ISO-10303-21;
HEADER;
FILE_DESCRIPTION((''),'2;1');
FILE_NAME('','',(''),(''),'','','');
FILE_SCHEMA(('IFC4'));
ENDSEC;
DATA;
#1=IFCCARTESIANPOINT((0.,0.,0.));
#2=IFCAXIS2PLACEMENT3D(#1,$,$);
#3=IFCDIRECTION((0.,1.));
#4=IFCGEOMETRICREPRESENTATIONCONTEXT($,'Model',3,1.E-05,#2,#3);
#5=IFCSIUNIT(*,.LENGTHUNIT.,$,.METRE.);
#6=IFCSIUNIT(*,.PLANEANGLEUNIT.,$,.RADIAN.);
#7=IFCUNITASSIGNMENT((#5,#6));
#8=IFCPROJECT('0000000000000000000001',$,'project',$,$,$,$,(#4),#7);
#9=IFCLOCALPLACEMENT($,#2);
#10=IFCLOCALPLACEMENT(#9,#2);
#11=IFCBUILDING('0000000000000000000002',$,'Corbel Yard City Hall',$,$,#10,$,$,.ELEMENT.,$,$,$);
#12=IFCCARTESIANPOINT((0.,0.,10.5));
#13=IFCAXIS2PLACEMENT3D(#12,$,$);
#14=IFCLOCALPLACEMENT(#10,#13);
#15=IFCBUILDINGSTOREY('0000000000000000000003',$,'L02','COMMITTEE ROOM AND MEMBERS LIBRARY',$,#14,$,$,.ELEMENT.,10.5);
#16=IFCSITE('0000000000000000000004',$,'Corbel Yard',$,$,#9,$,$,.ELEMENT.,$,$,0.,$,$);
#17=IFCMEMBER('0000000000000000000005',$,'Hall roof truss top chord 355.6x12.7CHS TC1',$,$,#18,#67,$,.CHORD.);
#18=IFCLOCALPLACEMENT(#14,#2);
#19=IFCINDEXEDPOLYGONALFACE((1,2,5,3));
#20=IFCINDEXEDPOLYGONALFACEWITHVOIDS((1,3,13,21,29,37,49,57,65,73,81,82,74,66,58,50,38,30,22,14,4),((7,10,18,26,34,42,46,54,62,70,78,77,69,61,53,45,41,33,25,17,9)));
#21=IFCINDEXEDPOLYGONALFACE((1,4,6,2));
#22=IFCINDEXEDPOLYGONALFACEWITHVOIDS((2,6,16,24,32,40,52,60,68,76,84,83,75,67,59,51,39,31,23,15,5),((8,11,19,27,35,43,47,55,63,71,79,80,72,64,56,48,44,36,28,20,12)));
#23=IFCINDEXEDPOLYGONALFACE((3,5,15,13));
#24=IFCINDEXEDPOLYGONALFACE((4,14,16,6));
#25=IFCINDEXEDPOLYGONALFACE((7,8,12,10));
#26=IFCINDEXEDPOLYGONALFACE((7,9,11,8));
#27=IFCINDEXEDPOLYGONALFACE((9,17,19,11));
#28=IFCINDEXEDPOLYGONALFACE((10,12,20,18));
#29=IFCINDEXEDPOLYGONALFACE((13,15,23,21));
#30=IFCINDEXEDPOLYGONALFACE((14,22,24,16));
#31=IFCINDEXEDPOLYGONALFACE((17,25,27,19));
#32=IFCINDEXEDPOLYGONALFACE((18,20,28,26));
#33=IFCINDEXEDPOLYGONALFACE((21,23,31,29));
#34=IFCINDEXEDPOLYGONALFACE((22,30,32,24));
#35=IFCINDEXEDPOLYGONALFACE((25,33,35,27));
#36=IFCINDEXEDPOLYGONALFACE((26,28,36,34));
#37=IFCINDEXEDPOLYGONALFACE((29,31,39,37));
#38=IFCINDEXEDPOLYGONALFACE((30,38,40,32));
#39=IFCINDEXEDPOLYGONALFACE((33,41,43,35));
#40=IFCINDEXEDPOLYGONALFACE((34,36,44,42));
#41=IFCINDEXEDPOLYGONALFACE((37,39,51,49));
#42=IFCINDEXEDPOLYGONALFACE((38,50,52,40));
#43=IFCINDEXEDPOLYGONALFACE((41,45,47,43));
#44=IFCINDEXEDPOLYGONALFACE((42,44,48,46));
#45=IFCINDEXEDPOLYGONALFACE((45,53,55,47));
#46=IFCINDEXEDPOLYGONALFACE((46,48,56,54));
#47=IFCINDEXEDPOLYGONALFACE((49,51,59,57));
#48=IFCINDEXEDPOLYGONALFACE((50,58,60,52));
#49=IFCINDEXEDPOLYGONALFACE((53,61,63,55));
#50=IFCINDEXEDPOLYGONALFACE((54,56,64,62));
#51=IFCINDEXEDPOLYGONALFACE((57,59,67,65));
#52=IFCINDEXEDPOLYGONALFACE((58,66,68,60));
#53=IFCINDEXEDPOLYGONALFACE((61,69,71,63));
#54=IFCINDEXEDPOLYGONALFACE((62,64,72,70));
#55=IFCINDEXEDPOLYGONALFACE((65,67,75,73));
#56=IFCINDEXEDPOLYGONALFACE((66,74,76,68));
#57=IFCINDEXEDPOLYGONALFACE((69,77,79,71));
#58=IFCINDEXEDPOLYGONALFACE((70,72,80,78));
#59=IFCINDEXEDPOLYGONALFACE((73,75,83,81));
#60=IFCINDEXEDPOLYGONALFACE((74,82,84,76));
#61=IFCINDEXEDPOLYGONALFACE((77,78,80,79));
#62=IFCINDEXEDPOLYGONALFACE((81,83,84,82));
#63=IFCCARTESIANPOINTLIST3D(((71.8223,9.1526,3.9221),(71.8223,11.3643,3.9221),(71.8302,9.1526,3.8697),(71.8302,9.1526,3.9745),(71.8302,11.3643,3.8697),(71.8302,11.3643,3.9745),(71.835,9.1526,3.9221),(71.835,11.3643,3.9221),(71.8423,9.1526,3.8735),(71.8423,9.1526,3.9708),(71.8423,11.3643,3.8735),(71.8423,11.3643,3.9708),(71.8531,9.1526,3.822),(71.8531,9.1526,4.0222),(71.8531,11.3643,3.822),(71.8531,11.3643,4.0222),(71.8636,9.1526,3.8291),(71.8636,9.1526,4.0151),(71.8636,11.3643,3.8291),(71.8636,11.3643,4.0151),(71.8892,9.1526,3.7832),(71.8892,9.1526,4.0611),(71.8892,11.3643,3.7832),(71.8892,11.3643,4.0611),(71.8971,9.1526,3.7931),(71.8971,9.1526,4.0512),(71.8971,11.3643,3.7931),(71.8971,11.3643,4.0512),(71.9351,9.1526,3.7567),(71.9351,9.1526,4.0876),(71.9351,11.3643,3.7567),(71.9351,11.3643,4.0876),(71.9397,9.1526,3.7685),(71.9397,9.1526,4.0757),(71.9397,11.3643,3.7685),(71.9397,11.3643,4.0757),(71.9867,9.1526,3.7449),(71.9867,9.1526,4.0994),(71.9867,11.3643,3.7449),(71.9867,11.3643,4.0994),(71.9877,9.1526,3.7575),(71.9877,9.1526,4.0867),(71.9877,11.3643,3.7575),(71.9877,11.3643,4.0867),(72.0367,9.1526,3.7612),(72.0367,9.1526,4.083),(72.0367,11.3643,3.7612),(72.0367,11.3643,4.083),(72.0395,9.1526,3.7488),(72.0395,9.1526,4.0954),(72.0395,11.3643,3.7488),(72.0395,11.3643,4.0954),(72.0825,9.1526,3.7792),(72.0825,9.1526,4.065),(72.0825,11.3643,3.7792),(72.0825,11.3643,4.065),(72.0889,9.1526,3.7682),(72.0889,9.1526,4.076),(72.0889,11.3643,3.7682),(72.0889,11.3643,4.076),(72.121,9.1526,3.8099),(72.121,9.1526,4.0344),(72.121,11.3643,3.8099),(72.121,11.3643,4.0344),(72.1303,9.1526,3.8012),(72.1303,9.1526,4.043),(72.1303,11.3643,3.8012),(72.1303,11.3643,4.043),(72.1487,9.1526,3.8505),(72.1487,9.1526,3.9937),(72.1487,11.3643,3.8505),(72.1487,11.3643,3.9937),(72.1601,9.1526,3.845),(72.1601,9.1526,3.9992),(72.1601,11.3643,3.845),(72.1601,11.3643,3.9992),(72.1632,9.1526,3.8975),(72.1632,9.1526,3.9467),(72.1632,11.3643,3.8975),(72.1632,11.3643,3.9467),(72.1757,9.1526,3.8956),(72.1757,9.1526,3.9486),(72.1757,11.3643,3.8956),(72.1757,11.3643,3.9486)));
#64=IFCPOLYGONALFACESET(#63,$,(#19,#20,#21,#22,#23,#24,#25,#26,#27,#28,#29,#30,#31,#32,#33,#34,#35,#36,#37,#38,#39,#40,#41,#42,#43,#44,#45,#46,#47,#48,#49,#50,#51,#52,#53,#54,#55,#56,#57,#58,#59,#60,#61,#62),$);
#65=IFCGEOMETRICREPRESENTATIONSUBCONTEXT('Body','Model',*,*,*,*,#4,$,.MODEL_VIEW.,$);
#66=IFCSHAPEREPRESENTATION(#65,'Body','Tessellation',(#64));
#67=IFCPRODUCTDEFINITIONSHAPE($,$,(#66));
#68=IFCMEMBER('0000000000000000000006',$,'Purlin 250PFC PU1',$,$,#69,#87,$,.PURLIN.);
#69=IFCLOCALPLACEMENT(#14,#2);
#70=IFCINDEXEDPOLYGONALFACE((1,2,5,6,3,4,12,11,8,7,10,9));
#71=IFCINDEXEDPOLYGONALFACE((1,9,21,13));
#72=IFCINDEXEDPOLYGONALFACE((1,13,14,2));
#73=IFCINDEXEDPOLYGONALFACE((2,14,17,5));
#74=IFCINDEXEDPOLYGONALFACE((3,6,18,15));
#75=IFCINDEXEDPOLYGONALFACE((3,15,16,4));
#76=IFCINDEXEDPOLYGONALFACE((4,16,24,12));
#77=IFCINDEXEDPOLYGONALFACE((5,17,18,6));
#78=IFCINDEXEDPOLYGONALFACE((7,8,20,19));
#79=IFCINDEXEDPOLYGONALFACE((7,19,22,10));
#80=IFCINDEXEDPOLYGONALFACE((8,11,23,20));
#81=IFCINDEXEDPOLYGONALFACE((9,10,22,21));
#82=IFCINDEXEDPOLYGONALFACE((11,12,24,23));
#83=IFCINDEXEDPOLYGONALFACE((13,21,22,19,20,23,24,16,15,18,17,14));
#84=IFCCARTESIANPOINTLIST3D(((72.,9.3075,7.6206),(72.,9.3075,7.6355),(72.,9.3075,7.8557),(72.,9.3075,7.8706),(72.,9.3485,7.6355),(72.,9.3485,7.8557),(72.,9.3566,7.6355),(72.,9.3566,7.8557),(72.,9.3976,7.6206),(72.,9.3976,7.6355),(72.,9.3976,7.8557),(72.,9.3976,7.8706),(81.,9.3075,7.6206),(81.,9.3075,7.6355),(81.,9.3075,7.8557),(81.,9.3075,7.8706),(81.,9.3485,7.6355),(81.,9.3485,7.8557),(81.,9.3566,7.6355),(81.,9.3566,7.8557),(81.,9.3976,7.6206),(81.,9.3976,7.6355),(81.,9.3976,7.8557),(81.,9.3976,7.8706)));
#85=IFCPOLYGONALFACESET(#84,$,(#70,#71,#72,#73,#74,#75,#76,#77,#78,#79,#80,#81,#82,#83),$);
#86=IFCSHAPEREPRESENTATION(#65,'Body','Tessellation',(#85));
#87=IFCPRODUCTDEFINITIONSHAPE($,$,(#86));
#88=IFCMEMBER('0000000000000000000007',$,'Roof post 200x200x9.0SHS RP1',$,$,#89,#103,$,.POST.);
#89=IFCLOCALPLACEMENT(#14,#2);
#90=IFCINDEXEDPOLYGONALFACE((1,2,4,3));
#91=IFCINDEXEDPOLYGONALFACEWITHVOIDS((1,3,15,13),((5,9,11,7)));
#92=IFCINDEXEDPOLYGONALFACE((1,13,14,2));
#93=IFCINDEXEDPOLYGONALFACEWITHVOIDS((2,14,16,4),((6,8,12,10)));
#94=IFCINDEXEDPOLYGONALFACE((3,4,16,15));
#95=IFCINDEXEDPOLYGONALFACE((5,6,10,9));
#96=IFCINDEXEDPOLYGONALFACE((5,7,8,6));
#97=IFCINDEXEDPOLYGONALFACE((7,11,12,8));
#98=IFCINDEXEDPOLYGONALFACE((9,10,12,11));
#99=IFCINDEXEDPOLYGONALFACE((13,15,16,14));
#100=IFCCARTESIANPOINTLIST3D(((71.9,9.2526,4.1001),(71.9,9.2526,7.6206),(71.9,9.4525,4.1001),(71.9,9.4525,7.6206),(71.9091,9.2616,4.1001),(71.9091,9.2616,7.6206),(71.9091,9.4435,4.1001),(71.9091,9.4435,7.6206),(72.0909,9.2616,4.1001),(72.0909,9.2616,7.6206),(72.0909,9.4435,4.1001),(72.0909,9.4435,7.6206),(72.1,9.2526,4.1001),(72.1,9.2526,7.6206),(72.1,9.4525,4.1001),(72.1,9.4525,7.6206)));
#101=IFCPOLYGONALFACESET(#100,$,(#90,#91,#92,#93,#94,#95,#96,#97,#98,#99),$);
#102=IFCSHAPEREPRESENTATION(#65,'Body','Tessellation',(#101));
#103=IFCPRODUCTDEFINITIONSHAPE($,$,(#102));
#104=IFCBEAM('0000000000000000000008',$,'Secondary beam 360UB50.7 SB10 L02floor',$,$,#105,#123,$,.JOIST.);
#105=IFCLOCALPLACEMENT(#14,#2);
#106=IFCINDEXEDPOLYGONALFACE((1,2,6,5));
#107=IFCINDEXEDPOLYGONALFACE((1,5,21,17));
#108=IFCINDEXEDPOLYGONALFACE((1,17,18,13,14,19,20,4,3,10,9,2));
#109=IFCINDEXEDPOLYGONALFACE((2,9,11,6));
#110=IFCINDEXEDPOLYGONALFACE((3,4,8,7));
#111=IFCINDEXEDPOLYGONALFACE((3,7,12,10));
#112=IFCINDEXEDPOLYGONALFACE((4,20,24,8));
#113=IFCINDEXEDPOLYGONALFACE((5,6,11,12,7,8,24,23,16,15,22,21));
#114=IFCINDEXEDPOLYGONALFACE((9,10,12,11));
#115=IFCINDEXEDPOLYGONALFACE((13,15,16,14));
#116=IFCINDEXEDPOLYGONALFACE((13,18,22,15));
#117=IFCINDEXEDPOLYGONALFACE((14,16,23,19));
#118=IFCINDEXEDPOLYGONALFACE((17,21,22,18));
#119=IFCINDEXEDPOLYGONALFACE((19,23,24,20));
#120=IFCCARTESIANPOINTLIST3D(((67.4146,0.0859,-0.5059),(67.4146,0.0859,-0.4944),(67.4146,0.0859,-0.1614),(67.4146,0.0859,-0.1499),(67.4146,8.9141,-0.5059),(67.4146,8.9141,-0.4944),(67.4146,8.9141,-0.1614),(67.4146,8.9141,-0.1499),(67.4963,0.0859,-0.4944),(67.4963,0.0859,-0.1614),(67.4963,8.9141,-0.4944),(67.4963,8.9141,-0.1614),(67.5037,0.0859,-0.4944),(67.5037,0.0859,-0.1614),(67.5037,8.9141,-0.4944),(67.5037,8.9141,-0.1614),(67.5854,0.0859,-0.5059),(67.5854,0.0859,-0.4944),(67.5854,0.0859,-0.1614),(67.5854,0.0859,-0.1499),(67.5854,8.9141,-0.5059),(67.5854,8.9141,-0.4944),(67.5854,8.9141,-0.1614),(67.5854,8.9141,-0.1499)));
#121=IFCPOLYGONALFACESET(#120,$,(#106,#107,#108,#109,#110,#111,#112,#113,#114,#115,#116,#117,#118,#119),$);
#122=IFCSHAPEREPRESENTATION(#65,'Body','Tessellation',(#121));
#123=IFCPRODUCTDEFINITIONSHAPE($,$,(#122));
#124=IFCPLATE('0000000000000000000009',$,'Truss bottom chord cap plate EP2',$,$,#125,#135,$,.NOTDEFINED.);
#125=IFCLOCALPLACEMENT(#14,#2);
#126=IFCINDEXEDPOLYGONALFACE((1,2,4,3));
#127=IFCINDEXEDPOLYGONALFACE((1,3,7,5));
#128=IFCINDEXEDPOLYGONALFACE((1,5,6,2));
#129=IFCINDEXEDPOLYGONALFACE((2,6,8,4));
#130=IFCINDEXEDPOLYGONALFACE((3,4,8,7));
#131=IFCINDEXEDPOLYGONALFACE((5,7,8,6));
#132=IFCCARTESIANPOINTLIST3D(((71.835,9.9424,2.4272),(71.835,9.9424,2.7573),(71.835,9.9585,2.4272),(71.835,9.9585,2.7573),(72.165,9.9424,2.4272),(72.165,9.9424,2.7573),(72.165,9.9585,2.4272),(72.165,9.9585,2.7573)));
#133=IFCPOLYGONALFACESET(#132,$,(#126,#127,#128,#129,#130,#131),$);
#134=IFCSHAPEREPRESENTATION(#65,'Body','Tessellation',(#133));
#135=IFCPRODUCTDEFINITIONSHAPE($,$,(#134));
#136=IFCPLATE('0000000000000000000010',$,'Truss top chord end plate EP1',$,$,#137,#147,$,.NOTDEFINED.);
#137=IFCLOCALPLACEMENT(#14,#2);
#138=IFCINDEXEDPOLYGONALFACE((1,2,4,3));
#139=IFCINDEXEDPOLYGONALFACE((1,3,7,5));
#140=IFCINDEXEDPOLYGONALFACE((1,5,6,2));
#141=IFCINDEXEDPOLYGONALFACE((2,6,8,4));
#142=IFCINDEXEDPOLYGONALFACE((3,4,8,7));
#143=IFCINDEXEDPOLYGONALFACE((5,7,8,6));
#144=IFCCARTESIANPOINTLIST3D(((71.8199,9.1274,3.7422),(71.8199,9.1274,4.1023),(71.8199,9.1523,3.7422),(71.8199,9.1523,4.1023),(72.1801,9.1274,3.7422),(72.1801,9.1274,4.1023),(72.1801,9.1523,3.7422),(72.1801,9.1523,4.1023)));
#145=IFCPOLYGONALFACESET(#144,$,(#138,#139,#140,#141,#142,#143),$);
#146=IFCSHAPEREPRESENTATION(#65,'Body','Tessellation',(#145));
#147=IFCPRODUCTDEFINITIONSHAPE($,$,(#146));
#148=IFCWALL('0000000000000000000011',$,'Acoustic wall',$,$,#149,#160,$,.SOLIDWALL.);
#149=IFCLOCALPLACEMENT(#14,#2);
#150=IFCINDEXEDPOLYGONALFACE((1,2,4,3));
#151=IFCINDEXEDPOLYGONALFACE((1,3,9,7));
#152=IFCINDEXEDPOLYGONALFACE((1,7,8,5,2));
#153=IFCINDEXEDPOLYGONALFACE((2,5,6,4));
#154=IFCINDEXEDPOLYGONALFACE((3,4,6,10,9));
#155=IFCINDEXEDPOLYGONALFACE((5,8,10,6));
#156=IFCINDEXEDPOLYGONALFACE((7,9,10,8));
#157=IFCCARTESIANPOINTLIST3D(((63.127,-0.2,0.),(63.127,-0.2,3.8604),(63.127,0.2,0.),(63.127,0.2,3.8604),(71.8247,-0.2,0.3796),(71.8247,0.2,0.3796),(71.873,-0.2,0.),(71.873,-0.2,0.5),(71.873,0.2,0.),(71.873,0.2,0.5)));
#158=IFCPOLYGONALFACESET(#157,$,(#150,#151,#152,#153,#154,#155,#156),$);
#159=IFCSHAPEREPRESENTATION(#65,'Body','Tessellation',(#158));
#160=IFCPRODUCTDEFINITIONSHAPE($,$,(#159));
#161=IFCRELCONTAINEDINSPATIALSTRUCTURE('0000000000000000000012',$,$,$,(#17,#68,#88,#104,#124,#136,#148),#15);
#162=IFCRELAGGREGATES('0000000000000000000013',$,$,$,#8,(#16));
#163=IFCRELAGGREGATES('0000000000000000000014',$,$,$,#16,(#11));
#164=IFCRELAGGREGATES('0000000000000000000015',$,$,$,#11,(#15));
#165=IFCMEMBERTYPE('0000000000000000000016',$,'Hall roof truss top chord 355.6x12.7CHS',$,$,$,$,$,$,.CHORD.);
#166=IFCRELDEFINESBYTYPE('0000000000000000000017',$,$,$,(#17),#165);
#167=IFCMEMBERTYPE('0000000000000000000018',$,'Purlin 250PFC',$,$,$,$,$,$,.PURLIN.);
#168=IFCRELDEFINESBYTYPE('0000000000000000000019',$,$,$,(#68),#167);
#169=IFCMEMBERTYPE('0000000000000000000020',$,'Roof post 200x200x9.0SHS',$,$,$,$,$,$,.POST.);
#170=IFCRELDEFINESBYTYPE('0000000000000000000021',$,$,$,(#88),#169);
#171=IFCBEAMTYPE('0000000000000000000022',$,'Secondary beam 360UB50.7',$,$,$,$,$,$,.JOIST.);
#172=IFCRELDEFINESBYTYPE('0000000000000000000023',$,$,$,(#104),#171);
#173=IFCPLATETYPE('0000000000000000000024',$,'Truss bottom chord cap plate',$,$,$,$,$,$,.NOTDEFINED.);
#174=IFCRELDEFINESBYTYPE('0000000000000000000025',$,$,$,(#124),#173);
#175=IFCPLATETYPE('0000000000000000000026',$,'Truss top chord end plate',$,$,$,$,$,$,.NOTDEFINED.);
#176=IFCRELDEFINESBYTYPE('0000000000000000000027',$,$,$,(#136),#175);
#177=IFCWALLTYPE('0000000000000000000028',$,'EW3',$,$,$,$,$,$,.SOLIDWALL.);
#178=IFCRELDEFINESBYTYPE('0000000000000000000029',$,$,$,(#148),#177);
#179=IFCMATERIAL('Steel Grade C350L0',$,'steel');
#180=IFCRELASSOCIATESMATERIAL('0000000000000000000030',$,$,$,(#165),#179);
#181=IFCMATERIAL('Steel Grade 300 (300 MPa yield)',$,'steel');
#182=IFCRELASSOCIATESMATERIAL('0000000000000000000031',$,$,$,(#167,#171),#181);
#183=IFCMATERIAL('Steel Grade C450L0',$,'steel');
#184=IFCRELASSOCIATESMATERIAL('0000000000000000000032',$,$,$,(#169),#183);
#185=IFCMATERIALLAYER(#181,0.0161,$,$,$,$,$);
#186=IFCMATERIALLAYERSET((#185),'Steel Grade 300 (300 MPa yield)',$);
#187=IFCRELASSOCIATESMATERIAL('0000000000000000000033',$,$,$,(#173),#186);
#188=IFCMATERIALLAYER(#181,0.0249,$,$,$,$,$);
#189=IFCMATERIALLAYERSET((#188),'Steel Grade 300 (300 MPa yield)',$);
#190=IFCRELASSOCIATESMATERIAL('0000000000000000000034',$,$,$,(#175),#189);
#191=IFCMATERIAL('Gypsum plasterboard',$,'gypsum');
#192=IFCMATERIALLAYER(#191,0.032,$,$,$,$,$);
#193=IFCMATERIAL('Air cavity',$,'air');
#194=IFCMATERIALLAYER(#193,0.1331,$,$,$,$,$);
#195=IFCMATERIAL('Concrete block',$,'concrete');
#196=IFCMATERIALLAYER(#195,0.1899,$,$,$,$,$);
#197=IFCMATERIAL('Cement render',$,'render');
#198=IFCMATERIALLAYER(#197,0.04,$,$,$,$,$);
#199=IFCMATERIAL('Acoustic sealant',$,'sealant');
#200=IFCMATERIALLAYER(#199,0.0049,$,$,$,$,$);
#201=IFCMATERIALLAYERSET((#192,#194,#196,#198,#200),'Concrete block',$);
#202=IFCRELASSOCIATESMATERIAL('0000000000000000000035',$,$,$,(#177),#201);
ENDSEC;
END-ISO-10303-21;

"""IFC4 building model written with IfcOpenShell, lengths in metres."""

from ifc_helpers import new_model, si_unit, direction, frame, origin, origin_2d, place, context, subcontext, project, spatial, polyline, rectangle, hollow_rectangle, hollow_circle, i_section, outline, extrude, material, layer, layer_set, material_profile, profile_set, type_object, element, save


model = new_model("IFC4")

# Units and contexts
model_context = context("Model", 3, precision=1e-05, world=origin(), true_north=direction((0.0, 1.0)))
body_context = subcontext(model_context, "Body", "Model", "MODEL_VIEW")
ifc_project = project(units=[si_unit("LENGTHUNIT", "METRE"), si_unit("PLANEANGLEUNIT", "RADIAN")], contexts=[model_context])

# Site, building, storey
site_placement = place(None, origin())
site = spatial("IfcSite", under=ifc_project, at=site_placement, Name="Corbel Yard", CompositionType="ELEMENT", RefElevation=0.0)
building_placement = place(site_placement, origin())
building = spatial("IfcBuilding", under=site, at=building_placement, Name="Corbel Yard City Hall", CompositionType="ELEMENT")
storey_placement = place(building_placement, frame((0.0, 0.0, 10.5)))
storey = spatial("IfcBuildingStorey", under=building, at=storey_placement, Name="L02", Description="COMMITTEE ROOM AND MEMBERS LIBRARY", CompositionType="ELEMENT", Elevation=10.5)

# Shared definitions
ifc_material_1 = material(Name="Steel Grade 300 (300 MPa yield)", Category="steel")

# Shared definitions
ifc_material_2 = material(Name="Steel Grade C350L0", Category="steel")

# Members
ifc_material_profile_1 = material_profile(ifc_material_2, hollow_circle(Radius=0.1777, WallThickness=0.0127, at=origin_2d()), Name="355.6x12.7CHS")
ifc_profile_set_1 = profile_set([ifc_material_profile_1], Name="Steel Grade C350L0")
member_type_1 = type_object("IfcMemberType", Name="Hall roof truss top chord 355.6x12.7CHS", PredefinedType="CHORD", material=ifc_profile_set_1)
member_1_placement = place(storey_placement, frame((72.0, 9.1526, 3.9221), z_axis=(0.0, 1.0, 0.0), x_axis=(-1.0, 0.0, 0.0)))
element("IfcMember", 1, at=member_1_placement, inside=storey, type_object=member_type_1, Name="Hall roof truss top chord 355.6x12.7CHS TC1", PredefinedType="CHORD", context=body_context, shape_type="SweptSolid", body=[
    extrude(hollow_circle(Radius=0.1777, WallThickness=0.0127, at=origin_2d()), origin(), (0.0, 0.0, 1.0), 2.2117),
])
ifc_material_profile_2 = material_profile(ifc_material_1, i_section(OverallWidth=0.0901, OverallDepth=0.25, WebThickness=0.0081, FlangeThickness=0.0149, at=origin_2d()), Name="250PFC")
ifc_profile_set_2 = profile_set([ifc_material_profile_2], Name="Steel Grade 300 (300 MPa yield)")
member_type_2 = type_object("IfcMemberType", Name="Purlin 250PFC", PredefinedType="PURLIN", material=ifc_profile_set_2)
member_2_placement = place(storey_placement, frame((72.0, 9.3525, 7.7456), z_axis=(1.0, 0.0, 0.0), x_axis=(0.0, 1.0, 0.0)))
element("IfcMember", 2, at=member_2_placement, inside=storey, type_object=member_type_2, Name="Purlin 250PFC PU1", PredefinedType="PURLIN", context=body_context, shape_type="SweptSolid", body=[
    extrude(i_section(OverallWidth=0.0901, OverallDepth=0.25, WebThickness=0.0081, FlangeThickness=0.0149, at=origin_2d()), origin(), (0.0, 0.0, 1.0), 9.0),
])
ifc_material_3 = material(Name="Steel Grade C450L0", Category="steel")
ifc_material_profile_3 = material_profile(ifc_material_3, hollow_rectangle(XDim=0.2, YDim=0.2, WallThickness=0.009, at=origin_2d()), Name="200x200x9.0SHS")
ifc_profile_set_3 = profile_set([ifc_material_profile_3], Name="Steel Grade C450L0")
member_type_3 = type_object("IfcMemberType", Name="Roof post 200x200x9.0SHS", PredefinedType="POST", material=ifc_profile_set_3)
member_3_placement = place(storey_placement, frame((72.0, 9.3525, 4.1001), z_axis=(0.0, 0.0, 1.0), x_axis=(1.0, 0.0, 0.0)))
element("IfcMember", 3, at=member_3_placement, inside=storey, type_object=member_type_3, Name="Roof post 200x200x9.0SHS RP1", PredefinedType="POST", context=body_context, shape_type="SweptSolid", body=[
    extrude(hollow_rectangle(XDim=0.2, YDim=0.2, WallThickness=0.009, at=origin_2d()), origin(), (0.0, 0.0, 1.0), 3.5205),
])

# Beam
ifc_material_profile_4 = material_profile(ifc_material_1, i_section(OverallWidth=0.1709, OverallDepth=0.356, WebThickness=0.0073, FlangeThickness=0.0115, at=origin_2d()), Name="360UB50.7")
ifc_profile_set_4 = profile_set([ifc_material_profile_4], Name="Steel Grade 300 (300 MPa yield)")
beam_type_1 = type_object("IfcBeamType", Name="Secondary beam 360UB50.7", PredefinedType="JOIST", material=ifc_profile_set_4)
beam_1_placement = place(storey_placement, frame((67.5, 0.0859, -0.3279), z_axis=(0.0, 1.0, 0.0), x_axis=(-1.0, 0.0, 0.0)))
element("IfcBeam", 4, at=beam_1_placement, inside=storey, type_object=beam_type_1, Name="Secondary beam 360UB50.7 SB10 L02floor", PredefinedType="JOIST", context=body_context, shape_type="SweptSolid", body=[
    extrude(i_section(OverallWidth=0.1709, OverallDepth=0.356, WebThickness=0.0073, FlangeThickness=0.0115, at=origin_2d()), origin(), (0.0, 0.0, 1.0), 8.8281),
])

# Plates
ifc_layer_1 = layer(ifc_material_1, 0.0161)
ifc_layer_set_1 = layer_set([ifc_layer_1], Name="Steel Grade 300 (300 MPa yield)")
plate_type_1 = type_object("IfcPlateType", Name="Truss bottom chord cap plate", PredefinedType="NOTDEFINED", material=ifc_layer_set_1)
plate_1_placement = place(storey_placement, frame((72.0, 9.9504, 2.4272), z_axis=(0.0, 0.0, 1.0), x_axis=(1.0, 0.0, 0.0)))
element("IfcPlate", 5, at=plate_1_placement, inside=storey, type_object=plate_type_1, Name="Truss bottom chord cap plate EP2", PredefinedType="NOTDEFINED", context=body_context, shape_type="SweptSolid", body=[
    extrude(rectangle(XDim=0.3301, YDim=0.0161, at=origin_2d()), origin(), (0.0, 0.0, 1.0), 0.3301),
])
ifc_layer_2 = layer(ifc_material_1, 0.0249)
ifc_layer_set_2 = layer_set([ifc_layer_2], Name="Steel Grade 300 (300 MPa yield)")
plate_type_2 = type_object("IfcPlateType", Name="Truss top chord end plate", PredefinedType="NOTDEFINED", material=ifc_layer_set_2)
plate_2_placement = place(storey_placement, frame((72.0, 9.1399, 3.7422), z_axis=(0.0, 0.0, 1.0), x_axis=(1.0, 0.0, 0.0)))
element("IfcPlate", 6, at=plate_2_placement, inside=storey, type_object=plate_type_2, Name="Truss top chord end plate EP1", PredefinedType="NOTDEFINED", context=body_context, shape_type="SweptSolid", body=[
    extrude(rectangle(XDim=0.3601, YDim=0.0249, at=origin_2d()), origin(), (0.0, 0.0, 1.0), 0.3601),
])

# Wall
ifc_material_4 = material(Name="Gypsum plasterboard", Category="gypsum")
ifc_layer_3 = layer(ifc_material_4, 0.032)
ifc_material_5 = material(Name="Air cavity", Category="air")
ifc_layer_4 = layer(ifc_material_5, 0.1331)
ifc_material_6 = material(Name="Concrete block", Category="concrete")
ifc_layer_5 = layer(ifc_material_6, 0.1899)
ifc_material_7 = material(Name="Cement render", Category="render")
ifc_layer_6 = layer(ifc_material_7, 0.04)
ifc_material_8 = material(Name="Acoustic sealant", Category="sealant")
ifc_layer_7 = layer(ifc_material_8, 0.0049)
ifc_layer_set_3 = layer_set([ifc_layer_3, ifc_layer_4, ifc_layer_5, ifc_layer_6, ifc_layer_7], Name="Concrete block")
wall_type_1 = type_object("IfcWallType", Name="EW3", PredefinedType="SOLIDWALL", material=ifc_layer_set_3)
wall_1_placement = place(storey_placement, frame((63.127, 0.0, 0.0), z_axis=(0.0, 0.0, 1.0), x_axis=(1.0, 0.0, 0.0)))
element("IfcWall", 7, at=wall_1_placement, inside=storey, type_object=wall_type_1, Name="Acoustic wall", PredefinedType="SOLIDWALL", context=body_context, shape_type="SweptSolid", body=[
    extrude(outline(polyline([(8.7461, 0.0), (0.0, 0.0), (0.0, 3.8604), (8.6978, 0.3796), (8.7461, 0.5), (8.7461, 0.0)])), frame((0.0, 0.2, 0.0), z_axis=(0.0, -1.0, 0.0), x_axis=(1.0, 0.0, 0.0)), (0.0, 0.0, 1.0), 0.3999),
])

save(model, "model.ifc")
